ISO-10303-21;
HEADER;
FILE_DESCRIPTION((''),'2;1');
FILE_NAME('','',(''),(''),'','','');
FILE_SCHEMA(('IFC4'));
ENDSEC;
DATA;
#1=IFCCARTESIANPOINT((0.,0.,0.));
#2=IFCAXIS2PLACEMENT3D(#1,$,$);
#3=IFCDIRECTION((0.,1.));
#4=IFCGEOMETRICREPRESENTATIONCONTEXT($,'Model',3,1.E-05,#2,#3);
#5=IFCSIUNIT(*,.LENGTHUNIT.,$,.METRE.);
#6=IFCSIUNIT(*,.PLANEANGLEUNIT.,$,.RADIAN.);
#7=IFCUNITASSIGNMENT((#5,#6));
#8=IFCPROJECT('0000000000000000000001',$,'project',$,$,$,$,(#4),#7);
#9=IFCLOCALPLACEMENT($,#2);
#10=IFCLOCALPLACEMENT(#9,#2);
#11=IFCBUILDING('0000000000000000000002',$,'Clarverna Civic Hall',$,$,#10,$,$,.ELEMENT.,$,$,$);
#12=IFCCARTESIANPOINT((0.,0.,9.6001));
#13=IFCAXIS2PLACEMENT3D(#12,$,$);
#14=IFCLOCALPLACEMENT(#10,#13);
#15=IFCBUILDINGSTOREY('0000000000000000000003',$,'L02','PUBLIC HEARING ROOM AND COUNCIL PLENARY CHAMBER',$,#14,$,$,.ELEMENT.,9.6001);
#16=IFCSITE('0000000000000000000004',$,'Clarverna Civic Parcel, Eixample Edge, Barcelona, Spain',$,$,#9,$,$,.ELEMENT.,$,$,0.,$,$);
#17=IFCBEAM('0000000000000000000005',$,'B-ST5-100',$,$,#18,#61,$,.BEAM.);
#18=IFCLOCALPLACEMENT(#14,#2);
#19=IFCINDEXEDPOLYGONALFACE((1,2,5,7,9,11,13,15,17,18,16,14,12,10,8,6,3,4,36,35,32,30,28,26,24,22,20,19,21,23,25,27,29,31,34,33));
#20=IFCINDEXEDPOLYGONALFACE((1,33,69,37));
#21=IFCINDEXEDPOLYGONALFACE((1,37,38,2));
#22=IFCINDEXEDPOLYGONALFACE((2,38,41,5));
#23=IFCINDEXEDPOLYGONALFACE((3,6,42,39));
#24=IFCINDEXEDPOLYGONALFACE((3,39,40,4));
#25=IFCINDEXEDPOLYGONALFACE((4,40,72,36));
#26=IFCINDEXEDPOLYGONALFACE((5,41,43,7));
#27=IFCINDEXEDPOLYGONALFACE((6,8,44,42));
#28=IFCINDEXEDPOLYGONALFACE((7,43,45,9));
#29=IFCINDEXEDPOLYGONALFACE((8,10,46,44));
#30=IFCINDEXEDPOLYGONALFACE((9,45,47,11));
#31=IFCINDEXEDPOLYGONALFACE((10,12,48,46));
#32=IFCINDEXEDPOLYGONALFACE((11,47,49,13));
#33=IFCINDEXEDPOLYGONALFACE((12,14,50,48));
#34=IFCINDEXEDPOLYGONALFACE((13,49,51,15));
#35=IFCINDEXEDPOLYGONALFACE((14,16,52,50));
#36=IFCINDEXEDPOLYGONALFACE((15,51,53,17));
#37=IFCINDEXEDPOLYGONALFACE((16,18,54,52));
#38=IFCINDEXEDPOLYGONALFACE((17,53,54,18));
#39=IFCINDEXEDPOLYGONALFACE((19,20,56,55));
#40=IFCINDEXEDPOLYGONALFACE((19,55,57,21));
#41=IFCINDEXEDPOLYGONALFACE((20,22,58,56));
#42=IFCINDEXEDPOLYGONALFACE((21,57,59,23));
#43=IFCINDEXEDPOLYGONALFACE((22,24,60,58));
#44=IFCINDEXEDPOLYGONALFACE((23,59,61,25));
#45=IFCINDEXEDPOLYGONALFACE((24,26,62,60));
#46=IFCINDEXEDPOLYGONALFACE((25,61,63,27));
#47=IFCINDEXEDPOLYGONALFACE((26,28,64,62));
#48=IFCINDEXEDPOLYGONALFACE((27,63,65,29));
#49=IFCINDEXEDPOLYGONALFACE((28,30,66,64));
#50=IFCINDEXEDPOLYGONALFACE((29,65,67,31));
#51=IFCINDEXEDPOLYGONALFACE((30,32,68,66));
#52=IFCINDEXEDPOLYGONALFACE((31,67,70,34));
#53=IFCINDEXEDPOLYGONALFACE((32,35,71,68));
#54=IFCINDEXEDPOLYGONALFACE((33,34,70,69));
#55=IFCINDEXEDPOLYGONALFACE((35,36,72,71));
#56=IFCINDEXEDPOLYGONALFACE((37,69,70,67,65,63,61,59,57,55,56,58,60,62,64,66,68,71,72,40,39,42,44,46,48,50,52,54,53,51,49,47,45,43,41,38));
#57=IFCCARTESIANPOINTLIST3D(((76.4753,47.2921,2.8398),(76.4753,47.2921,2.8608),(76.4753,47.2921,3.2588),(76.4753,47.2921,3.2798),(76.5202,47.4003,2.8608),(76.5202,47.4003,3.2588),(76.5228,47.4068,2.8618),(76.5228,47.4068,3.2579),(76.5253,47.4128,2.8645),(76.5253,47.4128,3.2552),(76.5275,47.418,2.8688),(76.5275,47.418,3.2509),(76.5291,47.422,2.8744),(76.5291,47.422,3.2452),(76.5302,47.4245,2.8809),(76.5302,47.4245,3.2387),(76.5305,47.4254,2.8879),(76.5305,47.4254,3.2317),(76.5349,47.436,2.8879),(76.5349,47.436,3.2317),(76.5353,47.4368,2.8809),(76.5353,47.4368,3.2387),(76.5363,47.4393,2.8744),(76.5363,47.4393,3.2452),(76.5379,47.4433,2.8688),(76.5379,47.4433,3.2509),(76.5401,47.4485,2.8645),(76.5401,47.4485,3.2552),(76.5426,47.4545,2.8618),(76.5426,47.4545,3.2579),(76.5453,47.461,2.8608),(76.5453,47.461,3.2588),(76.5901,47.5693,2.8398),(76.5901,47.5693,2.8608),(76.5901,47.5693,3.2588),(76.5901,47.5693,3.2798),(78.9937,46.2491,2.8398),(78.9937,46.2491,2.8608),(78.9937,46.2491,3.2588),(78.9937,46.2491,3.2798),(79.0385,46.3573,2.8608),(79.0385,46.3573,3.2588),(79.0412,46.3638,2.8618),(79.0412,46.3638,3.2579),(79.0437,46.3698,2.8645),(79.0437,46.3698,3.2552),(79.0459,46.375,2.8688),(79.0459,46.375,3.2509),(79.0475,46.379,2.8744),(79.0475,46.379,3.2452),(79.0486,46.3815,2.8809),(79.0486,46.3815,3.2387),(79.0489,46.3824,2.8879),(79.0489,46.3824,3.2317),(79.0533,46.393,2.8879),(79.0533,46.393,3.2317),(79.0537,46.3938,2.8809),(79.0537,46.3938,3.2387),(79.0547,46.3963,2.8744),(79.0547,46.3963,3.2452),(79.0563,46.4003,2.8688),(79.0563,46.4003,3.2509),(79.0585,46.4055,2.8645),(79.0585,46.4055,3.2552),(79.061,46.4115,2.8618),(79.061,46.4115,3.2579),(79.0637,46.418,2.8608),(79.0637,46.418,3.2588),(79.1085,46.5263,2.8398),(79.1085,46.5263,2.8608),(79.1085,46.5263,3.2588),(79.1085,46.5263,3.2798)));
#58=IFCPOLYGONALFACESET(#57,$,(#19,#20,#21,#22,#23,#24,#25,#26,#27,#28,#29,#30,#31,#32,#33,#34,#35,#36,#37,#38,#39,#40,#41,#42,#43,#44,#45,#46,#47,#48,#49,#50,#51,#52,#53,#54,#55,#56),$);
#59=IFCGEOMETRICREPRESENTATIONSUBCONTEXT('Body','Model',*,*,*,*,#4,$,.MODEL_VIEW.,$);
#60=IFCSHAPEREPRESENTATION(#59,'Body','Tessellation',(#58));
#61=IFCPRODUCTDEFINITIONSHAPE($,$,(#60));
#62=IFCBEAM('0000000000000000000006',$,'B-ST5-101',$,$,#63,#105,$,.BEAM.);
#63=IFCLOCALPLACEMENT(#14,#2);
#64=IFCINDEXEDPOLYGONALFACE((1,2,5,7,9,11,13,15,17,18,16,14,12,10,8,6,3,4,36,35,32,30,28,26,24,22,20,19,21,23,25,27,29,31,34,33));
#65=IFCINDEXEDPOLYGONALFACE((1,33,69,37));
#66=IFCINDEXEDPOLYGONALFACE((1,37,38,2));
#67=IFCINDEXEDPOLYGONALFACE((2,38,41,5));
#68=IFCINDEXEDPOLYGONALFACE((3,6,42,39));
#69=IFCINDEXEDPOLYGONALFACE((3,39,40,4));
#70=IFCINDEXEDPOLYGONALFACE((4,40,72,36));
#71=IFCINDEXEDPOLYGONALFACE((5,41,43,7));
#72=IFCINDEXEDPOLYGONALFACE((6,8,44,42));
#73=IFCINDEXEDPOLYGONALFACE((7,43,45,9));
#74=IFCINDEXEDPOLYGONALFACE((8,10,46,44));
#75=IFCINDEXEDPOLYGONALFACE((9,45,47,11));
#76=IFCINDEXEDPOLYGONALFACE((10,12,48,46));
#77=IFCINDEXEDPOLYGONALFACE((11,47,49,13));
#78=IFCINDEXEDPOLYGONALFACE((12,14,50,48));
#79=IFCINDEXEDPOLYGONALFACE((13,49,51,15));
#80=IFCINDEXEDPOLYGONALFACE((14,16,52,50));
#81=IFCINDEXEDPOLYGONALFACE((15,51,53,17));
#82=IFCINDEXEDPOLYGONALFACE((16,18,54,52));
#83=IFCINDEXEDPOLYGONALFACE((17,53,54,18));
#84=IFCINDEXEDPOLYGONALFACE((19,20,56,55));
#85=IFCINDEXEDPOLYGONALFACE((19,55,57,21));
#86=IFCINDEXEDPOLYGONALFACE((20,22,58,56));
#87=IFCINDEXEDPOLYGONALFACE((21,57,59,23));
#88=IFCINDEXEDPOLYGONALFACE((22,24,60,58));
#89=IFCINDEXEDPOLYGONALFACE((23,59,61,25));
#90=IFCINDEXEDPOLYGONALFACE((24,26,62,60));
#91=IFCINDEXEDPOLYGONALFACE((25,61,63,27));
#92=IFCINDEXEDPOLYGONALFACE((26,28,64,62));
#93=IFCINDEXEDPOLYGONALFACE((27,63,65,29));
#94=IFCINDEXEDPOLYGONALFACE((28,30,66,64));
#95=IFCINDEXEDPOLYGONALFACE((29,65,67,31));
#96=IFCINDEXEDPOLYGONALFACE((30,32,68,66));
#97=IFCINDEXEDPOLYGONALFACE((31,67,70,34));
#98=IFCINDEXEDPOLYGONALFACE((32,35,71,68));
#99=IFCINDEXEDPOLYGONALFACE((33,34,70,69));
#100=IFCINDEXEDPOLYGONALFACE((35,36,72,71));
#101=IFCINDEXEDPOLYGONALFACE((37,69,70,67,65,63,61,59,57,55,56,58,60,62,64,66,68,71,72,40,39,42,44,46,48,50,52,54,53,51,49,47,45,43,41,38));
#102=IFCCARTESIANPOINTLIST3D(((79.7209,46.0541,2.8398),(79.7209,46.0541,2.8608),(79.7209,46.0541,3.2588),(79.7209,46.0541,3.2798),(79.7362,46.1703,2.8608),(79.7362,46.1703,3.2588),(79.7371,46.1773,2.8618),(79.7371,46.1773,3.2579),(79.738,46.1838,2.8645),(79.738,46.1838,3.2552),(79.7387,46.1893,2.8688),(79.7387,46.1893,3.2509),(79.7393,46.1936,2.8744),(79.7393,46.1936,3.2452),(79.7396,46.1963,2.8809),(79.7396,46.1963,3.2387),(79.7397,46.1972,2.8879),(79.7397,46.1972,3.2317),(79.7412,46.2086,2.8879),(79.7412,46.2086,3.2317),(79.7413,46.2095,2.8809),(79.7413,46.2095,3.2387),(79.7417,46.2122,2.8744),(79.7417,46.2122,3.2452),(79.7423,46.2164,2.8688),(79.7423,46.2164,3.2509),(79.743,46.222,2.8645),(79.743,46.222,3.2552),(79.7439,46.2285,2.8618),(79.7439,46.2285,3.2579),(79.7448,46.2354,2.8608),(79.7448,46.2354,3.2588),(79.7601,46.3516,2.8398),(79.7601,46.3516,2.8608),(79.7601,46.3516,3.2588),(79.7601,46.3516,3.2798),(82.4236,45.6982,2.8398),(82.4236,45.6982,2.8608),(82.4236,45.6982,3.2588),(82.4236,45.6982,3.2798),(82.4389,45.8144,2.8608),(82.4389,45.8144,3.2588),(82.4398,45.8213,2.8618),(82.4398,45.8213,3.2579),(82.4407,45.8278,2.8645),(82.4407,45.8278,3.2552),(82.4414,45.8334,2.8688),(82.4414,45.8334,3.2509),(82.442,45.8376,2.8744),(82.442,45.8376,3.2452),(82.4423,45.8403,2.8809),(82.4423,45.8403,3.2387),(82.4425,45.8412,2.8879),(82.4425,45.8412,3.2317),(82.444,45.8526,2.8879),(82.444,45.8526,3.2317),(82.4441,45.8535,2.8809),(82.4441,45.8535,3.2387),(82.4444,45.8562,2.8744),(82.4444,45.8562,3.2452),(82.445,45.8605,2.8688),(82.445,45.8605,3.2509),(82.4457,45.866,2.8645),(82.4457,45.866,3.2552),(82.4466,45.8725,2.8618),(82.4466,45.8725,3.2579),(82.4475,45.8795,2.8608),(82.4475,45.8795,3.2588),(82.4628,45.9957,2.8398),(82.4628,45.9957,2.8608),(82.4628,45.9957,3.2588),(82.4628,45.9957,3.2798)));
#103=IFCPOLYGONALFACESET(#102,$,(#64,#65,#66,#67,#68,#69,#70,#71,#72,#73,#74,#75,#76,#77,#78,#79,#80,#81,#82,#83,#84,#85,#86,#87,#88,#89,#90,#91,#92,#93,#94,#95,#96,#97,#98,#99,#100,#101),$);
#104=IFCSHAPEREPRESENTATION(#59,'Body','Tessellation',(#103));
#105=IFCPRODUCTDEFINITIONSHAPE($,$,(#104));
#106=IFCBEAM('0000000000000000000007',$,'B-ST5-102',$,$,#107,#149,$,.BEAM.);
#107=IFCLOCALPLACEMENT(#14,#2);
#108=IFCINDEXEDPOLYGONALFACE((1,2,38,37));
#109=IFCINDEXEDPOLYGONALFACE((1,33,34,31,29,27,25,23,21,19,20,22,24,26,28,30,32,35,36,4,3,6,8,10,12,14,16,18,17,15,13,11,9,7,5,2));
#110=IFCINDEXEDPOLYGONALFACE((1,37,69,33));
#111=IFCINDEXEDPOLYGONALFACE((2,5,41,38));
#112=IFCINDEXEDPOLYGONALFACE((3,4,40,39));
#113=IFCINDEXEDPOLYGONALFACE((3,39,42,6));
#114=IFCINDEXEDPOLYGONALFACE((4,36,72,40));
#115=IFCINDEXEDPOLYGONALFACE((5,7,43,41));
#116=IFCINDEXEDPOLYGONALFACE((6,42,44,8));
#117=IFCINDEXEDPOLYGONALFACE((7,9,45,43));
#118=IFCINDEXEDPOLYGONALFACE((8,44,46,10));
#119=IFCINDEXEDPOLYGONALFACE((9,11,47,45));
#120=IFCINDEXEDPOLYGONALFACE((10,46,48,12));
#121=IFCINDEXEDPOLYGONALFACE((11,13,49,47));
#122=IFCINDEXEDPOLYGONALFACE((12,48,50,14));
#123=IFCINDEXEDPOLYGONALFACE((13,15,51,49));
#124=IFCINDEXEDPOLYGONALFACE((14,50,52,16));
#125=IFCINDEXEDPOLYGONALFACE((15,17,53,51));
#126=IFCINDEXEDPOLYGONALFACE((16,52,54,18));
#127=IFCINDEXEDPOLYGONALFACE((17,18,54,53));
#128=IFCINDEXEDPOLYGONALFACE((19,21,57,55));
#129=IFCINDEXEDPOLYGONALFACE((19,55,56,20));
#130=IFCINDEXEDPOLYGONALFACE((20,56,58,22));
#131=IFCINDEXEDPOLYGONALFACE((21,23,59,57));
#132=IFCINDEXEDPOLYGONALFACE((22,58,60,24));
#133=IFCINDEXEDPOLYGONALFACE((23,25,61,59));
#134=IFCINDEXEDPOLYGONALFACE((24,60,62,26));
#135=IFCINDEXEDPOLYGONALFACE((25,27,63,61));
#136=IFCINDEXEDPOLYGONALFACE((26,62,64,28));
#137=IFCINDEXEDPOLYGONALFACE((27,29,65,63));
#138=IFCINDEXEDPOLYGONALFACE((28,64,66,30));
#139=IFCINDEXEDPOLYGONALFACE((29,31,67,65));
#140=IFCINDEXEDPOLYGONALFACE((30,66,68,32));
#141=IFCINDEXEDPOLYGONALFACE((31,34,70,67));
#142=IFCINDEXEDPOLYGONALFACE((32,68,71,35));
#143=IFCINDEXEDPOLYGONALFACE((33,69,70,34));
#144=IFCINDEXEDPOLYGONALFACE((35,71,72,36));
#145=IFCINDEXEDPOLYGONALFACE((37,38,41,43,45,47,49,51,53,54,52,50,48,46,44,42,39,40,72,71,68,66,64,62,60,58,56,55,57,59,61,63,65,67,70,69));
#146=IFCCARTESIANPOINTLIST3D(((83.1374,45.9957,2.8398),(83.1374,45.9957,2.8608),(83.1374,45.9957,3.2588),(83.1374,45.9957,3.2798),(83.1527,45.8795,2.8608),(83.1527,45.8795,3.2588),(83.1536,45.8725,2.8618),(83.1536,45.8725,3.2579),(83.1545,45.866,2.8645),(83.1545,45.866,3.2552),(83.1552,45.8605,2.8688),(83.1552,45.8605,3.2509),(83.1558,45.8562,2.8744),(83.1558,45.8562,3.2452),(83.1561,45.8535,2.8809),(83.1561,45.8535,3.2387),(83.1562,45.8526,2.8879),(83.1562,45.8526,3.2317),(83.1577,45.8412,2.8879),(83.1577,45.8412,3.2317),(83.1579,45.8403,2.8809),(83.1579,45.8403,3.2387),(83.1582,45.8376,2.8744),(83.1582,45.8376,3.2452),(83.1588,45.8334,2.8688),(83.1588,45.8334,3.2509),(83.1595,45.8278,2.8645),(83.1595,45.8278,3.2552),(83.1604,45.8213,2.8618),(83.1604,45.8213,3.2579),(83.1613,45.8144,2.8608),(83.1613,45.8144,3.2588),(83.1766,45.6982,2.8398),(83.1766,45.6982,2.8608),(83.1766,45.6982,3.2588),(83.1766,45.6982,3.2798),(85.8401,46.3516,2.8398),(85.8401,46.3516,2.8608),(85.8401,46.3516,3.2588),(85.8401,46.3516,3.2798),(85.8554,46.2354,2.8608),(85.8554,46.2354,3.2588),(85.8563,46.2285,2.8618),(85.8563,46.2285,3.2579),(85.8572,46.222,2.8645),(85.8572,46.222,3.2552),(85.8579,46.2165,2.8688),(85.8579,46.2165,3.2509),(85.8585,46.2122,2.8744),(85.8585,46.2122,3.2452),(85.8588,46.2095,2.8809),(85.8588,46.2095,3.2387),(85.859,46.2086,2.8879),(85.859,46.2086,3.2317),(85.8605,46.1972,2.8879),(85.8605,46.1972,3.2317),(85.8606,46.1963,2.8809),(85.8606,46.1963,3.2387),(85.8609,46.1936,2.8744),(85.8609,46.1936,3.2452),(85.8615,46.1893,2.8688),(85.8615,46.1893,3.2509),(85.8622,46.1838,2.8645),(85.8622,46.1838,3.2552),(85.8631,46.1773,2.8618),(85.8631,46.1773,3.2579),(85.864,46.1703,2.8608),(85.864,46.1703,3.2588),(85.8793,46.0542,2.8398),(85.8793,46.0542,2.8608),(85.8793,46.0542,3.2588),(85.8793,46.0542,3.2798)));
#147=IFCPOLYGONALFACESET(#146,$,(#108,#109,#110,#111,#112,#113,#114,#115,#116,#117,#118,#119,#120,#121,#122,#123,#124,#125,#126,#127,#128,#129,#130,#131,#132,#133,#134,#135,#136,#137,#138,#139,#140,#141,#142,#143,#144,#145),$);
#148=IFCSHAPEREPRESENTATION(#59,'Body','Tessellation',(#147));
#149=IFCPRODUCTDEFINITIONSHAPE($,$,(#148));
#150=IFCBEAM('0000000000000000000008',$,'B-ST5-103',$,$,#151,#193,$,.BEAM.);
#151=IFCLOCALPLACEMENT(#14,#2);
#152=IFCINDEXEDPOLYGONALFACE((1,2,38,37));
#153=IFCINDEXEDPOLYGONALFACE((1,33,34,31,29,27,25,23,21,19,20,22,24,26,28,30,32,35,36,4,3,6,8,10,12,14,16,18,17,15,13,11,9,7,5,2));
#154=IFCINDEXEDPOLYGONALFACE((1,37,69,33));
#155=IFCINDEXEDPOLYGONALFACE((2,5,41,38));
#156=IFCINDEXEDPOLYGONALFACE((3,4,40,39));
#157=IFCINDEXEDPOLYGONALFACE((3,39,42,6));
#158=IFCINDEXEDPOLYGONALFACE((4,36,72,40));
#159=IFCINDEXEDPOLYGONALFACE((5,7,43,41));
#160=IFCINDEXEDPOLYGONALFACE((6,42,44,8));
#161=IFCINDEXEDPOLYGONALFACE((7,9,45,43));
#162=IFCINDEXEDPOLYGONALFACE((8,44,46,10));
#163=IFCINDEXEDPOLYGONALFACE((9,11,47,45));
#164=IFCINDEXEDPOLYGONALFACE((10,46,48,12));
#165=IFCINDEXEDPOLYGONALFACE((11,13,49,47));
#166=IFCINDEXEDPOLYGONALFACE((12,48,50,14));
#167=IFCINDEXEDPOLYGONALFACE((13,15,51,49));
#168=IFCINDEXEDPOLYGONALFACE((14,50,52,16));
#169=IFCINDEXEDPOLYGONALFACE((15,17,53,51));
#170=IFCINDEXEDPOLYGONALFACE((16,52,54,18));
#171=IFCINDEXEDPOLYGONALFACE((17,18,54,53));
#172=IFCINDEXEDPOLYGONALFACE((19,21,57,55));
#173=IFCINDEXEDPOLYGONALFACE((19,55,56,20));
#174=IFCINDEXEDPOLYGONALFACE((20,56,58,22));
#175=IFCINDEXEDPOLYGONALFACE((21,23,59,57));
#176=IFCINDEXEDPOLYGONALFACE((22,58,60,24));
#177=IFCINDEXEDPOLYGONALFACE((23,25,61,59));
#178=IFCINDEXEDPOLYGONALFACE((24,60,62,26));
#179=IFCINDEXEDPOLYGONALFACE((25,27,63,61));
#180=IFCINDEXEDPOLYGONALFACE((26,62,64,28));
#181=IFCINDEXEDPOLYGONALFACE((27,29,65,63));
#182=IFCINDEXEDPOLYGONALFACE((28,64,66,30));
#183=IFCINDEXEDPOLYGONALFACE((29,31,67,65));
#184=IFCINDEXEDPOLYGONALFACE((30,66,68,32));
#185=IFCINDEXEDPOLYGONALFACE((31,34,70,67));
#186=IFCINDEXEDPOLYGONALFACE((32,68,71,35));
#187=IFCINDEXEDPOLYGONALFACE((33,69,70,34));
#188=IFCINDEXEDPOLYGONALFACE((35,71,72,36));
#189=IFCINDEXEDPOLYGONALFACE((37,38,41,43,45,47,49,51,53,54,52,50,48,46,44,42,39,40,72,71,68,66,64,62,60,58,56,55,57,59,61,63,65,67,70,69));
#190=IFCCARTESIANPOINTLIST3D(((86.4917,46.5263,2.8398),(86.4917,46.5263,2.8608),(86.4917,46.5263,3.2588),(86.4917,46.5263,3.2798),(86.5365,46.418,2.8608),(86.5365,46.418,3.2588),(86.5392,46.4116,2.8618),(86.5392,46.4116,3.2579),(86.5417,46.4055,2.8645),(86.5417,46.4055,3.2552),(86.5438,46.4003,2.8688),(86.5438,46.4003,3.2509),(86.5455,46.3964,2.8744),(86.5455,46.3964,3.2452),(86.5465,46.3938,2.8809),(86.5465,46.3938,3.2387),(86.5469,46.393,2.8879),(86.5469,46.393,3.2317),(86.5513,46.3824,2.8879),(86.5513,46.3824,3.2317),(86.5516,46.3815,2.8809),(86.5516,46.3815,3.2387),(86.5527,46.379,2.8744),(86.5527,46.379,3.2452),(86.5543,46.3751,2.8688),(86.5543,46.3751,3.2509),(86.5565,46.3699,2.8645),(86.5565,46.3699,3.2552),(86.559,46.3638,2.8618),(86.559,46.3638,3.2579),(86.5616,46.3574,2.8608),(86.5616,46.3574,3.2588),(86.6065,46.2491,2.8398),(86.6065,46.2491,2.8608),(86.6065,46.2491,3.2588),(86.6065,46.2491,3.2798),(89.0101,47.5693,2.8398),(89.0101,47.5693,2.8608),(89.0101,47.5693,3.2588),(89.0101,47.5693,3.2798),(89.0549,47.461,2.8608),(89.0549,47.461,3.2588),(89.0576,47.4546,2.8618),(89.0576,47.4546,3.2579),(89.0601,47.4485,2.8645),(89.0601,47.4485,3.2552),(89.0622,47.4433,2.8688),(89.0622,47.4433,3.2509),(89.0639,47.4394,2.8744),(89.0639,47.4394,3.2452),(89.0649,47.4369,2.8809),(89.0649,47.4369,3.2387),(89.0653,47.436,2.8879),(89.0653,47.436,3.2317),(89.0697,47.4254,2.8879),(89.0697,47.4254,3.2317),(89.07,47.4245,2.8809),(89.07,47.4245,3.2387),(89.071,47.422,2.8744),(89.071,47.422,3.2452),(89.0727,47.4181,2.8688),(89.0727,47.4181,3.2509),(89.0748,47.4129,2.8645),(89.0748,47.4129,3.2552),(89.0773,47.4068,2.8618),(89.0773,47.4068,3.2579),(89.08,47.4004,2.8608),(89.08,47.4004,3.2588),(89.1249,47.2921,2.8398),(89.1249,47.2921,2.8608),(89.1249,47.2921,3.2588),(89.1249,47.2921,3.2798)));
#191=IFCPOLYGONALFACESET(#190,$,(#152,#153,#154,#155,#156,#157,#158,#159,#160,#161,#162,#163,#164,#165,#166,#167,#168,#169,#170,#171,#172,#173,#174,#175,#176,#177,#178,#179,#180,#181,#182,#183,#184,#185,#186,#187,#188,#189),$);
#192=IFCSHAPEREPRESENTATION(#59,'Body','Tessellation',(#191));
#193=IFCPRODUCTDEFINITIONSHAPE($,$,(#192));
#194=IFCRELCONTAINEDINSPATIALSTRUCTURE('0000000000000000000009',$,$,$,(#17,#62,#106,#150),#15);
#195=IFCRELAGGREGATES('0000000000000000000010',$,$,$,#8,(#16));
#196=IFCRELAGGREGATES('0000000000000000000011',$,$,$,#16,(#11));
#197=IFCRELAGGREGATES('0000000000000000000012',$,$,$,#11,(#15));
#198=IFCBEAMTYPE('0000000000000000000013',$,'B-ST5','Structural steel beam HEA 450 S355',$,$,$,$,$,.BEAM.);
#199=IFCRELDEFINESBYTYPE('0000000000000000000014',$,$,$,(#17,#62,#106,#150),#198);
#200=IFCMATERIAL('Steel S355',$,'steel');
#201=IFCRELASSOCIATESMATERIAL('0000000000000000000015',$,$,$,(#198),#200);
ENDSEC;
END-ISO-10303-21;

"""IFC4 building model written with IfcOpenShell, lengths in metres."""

from ifc_helpers import new_model, si_unit, direction, frame, origin, origin_2d, place, context, subcontext, project, spatial, i_section, extrude, material, material_profile, profile_set, type_object, element, save


model = new_model("IFC4")

# Units and contexts
model_context = context("Model", 3, precision=1e-05, world=origin(), true_north=direction((0.0, 1.0)))
body_context = subcontext(model_context, "Body", "Model", "MODEL_VIEW")
ifc_project = project(units=[si_unit("LENGTHUNIT", "METRE"), si_unit("PLANEANGLEUNIT", "RADIAN")], contexts=[model_context])

# Site, building, storey
site_placement = place(None, origin())
site = spatial("IfcSite", under=ifc_project, at=site_placement, Name="Clarverna Civic Parcel, Eixample Edge, Barcelona, Spain", CompositionType="ELEMENT", RefElevation=0.0)
building_placement = place(site_placement, origin())
building = spatial("IfcBuilding", under=site, at=building_placement, Name="Clarverna Civic Hall", CompositionType="ELEMENT")
storey_placement = place(building_placement, frame((0.0, 0.0, 9.6001)))
storey = spatial("IfcBuildingStorey", under=building, at=storey_placement, Name="L02", Description="PUBLIC HEARING ROOM AND COUNCIL PLENARY CHAMBER", CompositionType="ELEMENT", Elevation=9.6001)

# Beams
ifc_material_1 = material(Name="Steel S355", Category="steel")
ifc_material_profile_1 = material_profile(ifc_material_1, i_section(OverallWidth=0.3, OverallDepth=0.4399, WebThickness=0.0115, FlangeThickness=0.021, FilletRadius=0.0271, at=origin_2d()), Name="HEA 450")
ifc_profile_set_1 = profile_set([ifc_material_profile_1], Name="Steel S355")
beam_type_1 = type_object("IfcBeamType", Name="B-ST5", Description="Structural steel beam HEA 450 S355", PredefinedType="BEAM", material=ifc_profile_set_1)
for number, where, z_axis, x_axis, name in (
    (1, (76.5327, 47.4307, 3.0598), (0.923899, -0.382637, 0.0), (0.382637, 0.923899, 0.0), "B-ST5-100"),
):
    element("IfcBeam", number, at=place(storey_placement, frame(where, z_axis=z_axis, x_axis=x_axis)), inside=storey, type_object=beam_type_1, Name=name, PredefinedType="BEAM", context=body_context, shape_type="SweptSolid", body=[
        extrude(i_section(OverallWidth=0.3, OverallDepth=0.4399, WebThickness=0.0115, FlangeThickness=0.021, FilletRadius=0.0271, at=origin_2d()), origin(), (0.0, 0.0, 1.0), 2.7258),
    ])
for number, where, z_axis, x_axis, name in (
    (2, (79.7405, 46.2029, 3.0598), (0.991438, -0.13058, 0.0), (0.13058, 0.991438, 0.0), "B-ST5-101"),
    (3, (83.157, 45.8469, 3.0598), (0.991438, 0.13058, 0.0), (-0.13058, 0.991438, 0.0), "B-ST5-102"),
):
    element("IfcBeam", number, at=place(storey_placement, frame(where, z_axis=z_axis, x_axis=x_axis)), inside=storey, type_object=beam_type_1, Name=name, PredefinedType="BEAM", context=body_context, shape_type="SweptSolid", body=[
        extrude(i_section(OverallWidth=0.3, OverallDepth=0.4399, WebThickness=0.0115, FlangeThickness=0.021, FilletRadius=0.0271, at=origin_2d()), origin(), (0.0, 0.0, 1.0), 2.7261),
    ])
for number, where, z_axis, x_axis, name in (
    (4, (86.5491, 46.3877, 3.0598), (0.923899, 0.382637, 0.0), (-0.382637, 0.923899, 0.0), "B-ST5-103"),
):
    element("IfcBeam", number, at=place(storey_placement, frame(where, z_axis=z_axis, x_axis=x_axis)), inside=storey, type_object=beam_type_1, Name=name, PredefinedType="BEAM", context=body_context, shape_type="SweptSolid", body=[
        extrude(i_section(OverallWidth=0.3, OverallDepth=0.4399, WebThickness=0.0115, FlangeThickness=0.021, FilletRadius=0.0271, at=origin_2d()), origin(), (0.0, 0.0, 1.0), 2.7258),
    ])

save(model, "model.ifc")
